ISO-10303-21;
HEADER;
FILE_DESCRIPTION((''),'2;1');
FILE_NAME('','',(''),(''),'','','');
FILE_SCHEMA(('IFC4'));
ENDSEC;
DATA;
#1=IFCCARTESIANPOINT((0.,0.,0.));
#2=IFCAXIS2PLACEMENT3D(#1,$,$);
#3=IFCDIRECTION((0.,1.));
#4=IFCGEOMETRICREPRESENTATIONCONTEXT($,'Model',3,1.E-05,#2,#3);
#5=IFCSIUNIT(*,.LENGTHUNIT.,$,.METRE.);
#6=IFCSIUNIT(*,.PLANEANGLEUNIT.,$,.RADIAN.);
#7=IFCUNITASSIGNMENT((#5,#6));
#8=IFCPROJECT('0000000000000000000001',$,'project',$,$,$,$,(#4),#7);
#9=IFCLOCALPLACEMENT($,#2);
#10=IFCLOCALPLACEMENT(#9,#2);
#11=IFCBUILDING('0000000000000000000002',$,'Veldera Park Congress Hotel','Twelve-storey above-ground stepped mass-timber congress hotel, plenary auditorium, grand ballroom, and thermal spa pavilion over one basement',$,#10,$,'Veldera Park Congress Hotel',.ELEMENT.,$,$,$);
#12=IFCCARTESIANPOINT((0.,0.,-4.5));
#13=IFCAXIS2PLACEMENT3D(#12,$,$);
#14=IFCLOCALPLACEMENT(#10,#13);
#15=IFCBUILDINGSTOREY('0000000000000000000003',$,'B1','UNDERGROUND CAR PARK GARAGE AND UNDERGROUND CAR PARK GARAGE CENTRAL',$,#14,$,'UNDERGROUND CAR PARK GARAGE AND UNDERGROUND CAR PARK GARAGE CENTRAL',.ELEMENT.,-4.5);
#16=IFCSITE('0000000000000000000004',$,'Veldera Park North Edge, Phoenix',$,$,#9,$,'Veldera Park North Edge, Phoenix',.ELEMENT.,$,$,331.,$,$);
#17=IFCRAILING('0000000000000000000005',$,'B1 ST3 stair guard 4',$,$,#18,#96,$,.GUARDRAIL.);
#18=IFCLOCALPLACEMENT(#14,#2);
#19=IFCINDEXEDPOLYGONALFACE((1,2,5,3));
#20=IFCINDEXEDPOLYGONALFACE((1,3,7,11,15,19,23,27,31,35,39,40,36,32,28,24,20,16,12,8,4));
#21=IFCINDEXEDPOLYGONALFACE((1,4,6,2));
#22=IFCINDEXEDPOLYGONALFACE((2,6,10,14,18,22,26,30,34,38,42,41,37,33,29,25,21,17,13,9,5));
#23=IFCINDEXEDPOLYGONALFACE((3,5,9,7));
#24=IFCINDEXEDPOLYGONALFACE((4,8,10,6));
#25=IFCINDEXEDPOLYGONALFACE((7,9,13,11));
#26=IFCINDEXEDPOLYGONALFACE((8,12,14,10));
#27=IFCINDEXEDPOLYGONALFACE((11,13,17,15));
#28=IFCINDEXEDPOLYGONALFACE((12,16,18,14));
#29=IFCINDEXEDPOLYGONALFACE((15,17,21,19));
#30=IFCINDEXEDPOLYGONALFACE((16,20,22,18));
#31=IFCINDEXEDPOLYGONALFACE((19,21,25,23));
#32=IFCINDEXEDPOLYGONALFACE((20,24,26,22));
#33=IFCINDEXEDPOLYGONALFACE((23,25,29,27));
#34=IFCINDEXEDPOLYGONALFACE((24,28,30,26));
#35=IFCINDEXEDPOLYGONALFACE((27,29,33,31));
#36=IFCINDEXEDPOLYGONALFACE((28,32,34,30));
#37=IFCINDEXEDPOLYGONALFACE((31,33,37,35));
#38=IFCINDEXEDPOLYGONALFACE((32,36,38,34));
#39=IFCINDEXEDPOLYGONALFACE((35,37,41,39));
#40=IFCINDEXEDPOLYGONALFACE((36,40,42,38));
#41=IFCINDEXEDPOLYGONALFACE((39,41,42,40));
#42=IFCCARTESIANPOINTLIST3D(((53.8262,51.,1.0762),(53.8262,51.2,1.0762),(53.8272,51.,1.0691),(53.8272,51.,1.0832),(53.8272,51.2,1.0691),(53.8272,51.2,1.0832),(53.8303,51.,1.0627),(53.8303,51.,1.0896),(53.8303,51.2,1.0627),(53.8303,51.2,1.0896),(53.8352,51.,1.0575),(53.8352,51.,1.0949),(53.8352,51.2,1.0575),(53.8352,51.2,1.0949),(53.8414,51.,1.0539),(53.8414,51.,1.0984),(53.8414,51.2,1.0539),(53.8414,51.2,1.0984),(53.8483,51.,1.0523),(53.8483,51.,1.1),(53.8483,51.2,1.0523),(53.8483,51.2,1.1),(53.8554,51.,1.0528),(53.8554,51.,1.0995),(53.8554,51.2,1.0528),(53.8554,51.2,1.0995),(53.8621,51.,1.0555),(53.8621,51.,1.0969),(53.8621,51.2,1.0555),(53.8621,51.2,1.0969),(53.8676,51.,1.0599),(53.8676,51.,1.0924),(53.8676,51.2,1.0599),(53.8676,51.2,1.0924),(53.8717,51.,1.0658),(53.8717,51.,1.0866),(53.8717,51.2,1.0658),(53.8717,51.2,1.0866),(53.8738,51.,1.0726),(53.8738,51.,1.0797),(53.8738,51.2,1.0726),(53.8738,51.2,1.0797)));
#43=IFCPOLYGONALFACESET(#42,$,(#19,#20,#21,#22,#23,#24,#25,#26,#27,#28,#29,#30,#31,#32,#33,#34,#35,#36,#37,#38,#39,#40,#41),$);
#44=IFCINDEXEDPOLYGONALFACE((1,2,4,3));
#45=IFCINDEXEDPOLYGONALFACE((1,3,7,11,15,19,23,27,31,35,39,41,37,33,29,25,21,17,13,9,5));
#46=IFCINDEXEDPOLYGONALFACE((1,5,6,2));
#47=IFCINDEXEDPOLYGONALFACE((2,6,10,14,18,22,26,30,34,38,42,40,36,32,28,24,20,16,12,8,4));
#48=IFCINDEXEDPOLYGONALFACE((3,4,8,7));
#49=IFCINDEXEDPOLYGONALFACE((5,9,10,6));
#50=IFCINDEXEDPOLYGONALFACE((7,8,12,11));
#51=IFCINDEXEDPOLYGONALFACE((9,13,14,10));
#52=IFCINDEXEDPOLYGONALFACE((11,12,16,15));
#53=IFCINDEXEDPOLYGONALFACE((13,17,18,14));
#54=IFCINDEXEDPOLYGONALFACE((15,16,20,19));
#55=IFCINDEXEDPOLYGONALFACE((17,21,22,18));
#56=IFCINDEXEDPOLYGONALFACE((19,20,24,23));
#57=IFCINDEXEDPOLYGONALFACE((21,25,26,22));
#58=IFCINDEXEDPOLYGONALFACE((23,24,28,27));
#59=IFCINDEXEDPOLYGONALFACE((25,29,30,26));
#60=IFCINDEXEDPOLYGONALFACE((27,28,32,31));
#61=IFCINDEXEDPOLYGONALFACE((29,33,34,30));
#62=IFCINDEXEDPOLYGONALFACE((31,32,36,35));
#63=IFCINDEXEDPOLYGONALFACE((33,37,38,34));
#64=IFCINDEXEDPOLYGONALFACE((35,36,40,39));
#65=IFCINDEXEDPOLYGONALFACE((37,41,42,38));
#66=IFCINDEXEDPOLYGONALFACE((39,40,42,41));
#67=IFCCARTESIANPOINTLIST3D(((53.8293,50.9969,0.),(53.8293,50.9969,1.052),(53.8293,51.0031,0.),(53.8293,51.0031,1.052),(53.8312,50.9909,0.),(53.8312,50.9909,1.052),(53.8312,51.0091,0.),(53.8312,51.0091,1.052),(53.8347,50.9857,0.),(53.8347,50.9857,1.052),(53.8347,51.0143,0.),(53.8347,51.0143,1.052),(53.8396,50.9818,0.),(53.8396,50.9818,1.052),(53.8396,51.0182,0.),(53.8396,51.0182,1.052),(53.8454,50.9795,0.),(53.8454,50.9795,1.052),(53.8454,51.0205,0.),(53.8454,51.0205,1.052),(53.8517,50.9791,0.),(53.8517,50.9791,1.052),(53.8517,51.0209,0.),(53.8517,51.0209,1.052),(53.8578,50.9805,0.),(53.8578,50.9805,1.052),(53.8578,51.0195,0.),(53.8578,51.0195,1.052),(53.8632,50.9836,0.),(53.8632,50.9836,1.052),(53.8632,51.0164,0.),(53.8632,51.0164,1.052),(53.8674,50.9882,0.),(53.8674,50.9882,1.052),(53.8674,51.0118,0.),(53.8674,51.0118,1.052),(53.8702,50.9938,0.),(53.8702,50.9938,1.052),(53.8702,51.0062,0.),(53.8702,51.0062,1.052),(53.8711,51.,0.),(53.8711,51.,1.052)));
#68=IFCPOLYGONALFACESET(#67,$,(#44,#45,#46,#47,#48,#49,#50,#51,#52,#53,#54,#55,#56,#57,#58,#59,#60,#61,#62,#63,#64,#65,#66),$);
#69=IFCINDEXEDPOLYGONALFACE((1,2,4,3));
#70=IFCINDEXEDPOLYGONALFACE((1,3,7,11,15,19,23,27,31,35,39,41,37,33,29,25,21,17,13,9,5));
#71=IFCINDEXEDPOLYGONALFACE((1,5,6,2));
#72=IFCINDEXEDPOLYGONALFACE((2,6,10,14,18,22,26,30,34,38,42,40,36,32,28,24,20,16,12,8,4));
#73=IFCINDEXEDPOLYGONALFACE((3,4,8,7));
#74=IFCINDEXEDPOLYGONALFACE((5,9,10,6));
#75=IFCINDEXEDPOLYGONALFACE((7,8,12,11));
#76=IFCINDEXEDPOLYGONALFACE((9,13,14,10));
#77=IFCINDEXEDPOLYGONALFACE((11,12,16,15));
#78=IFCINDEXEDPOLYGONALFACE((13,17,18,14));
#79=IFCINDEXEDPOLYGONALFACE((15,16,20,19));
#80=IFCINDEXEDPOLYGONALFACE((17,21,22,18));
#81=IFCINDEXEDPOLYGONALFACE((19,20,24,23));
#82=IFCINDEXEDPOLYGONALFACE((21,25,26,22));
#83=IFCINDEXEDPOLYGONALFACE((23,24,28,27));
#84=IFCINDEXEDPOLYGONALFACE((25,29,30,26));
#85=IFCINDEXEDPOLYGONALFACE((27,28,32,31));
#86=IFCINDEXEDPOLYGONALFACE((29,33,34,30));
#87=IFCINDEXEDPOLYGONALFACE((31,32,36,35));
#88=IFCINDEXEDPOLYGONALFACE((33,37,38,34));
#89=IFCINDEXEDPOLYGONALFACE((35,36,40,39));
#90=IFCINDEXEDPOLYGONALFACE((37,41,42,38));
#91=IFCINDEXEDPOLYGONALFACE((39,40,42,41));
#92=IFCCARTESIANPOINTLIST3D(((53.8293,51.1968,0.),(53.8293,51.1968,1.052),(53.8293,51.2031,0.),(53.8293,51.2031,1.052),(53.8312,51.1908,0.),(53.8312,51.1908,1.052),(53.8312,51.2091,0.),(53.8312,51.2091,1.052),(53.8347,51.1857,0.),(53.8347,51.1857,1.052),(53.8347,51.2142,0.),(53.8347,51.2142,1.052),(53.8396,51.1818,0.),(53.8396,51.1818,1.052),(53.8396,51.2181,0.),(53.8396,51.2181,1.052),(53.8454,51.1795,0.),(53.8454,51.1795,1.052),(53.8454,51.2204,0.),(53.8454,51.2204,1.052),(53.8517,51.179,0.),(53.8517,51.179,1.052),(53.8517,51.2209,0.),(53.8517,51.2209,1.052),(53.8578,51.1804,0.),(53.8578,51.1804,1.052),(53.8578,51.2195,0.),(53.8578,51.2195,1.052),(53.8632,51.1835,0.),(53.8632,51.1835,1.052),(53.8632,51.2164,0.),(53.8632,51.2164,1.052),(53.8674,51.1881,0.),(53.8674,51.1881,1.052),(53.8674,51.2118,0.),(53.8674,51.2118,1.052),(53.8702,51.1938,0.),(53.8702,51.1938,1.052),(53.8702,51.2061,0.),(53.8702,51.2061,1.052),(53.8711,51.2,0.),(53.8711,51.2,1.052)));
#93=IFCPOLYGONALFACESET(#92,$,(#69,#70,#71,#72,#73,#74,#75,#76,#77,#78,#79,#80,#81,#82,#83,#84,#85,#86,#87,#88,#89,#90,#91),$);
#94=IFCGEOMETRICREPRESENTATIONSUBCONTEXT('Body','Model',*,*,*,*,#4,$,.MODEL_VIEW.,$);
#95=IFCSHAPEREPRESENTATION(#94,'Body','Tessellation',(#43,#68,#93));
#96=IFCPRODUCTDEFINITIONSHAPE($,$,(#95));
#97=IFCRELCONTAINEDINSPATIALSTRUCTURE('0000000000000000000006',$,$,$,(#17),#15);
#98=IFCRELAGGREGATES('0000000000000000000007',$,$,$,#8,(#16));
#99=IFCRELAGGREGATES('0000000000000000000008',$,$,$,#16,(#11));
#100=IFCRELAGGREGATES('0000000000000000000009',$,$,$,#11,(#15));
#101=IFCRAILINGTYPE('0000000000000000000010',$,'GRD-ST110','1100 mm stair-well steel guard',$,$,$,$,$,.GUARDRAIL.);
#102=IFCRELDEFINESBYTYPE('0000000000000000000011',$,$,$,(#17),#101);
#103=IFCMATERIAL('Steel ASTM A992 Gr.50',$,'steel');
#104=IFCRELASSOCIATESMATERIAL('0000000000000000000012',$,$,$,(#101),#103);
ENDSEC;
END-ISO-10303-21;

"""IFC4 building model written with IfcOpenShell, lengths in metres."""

from ifc_helpers import new_model, si_unit, direction, frame, origin, origin_2d, place, context, subcontext, project, spatial, circle, extrude, material, type_object, element, save


model = new_model("IFC4")

# Units and contexts
model_context = context("Model", 3, precision=1e-05, world=origin(), true_north=direction((0.0, 1.0)))
body_context = subcontext(model_context, "Body", "Model", "MODEL_VIEW")
ifc_project = project(units=[si_unit("LENGTHUNIT", "METRE"), si_unit("PLANEANGLEUNIT", "RADIAN")], contexts=[model_context])

# Site, building, storey
site_placement = place(None, origin())
site = spatial("IfcSite", under=ifc_project, at=site_placement, Name="Veldera Park North Edge, Phoenix", LongName="Veldera Park North Edge, Phoenix", CompositionType="ELEMENT", RefElevation=331.0)
building_placement = place(site_placement, origin())
building = spatial("IfcBuilding", under=site, at=building_placement, Name="Veldera Park Congress Hotel", Description="Twelve-storey above-ground stepped mass-timber congress hotel, plenary auditorium, grand ballroom, and thermal spa pavilion over one basement", LongName="Veldera Park Congress Hotel", CompositionType="ELEMENT")
storey_placement = place(building_placement, frame((0.0, 0.0, -4.5)))
storey = spatial("IfcBuildingStorey", under=building, at=storey_placement, Name="B1", Description="UNDERGROUND CAR PARK GARAGE AND UNDERGROUND CAR PARK GARAGE CENTRAL", LongName="UNDERGROUND CAR PARK GARAGE AND UNDERGROUND CAR PARK GARAGE CENTRAL", CompositionType="ELEMENT", Elevation=-4.5)

# Railing
ifc_material_1 = material(Name="Steel ASTM A992 Gr.50", Category="steel")
railing_type_1 = type_object("IfcRailingType", Name="GRD-ST110", Description="1100 mm stair-well steel guard", PredefinedType="GUARDRAIL", material=ifc_material_1)
railing_1_placement = place(storey_placement, frame((53.8501, 51.0, 0.0)))
element("IfcRailing", 1, at=railing_1_placement, inside=storey, type_object=railing_type_1, Name="B1 ST3 stair guard 4", PredefinedType="GUARDRAIL", context=body_context, shape_type="SweptSolid", body=[
    extrude(circle(Radius=0.0239, at=origin_2d()), frame((0.0, 0.0, 1.0762), z_axis=(0.0, 1.0, 0.0), x_axis=(-1.0, 0.0, 0.0)), (0.0, 0.0, 1.0), 0.2),
    extrude(circle(Radius=0.021, at=origin_2d()), origin(), (0.0, 0.0, 1.0), 1.052),
    extrude(circle(Radius=0.021, at=origin_2d()), frame((0.0, 0.2, 0.0)), (0.0, 0.0, 1.0), 1.052),
])

save(model, "model.ifc")
